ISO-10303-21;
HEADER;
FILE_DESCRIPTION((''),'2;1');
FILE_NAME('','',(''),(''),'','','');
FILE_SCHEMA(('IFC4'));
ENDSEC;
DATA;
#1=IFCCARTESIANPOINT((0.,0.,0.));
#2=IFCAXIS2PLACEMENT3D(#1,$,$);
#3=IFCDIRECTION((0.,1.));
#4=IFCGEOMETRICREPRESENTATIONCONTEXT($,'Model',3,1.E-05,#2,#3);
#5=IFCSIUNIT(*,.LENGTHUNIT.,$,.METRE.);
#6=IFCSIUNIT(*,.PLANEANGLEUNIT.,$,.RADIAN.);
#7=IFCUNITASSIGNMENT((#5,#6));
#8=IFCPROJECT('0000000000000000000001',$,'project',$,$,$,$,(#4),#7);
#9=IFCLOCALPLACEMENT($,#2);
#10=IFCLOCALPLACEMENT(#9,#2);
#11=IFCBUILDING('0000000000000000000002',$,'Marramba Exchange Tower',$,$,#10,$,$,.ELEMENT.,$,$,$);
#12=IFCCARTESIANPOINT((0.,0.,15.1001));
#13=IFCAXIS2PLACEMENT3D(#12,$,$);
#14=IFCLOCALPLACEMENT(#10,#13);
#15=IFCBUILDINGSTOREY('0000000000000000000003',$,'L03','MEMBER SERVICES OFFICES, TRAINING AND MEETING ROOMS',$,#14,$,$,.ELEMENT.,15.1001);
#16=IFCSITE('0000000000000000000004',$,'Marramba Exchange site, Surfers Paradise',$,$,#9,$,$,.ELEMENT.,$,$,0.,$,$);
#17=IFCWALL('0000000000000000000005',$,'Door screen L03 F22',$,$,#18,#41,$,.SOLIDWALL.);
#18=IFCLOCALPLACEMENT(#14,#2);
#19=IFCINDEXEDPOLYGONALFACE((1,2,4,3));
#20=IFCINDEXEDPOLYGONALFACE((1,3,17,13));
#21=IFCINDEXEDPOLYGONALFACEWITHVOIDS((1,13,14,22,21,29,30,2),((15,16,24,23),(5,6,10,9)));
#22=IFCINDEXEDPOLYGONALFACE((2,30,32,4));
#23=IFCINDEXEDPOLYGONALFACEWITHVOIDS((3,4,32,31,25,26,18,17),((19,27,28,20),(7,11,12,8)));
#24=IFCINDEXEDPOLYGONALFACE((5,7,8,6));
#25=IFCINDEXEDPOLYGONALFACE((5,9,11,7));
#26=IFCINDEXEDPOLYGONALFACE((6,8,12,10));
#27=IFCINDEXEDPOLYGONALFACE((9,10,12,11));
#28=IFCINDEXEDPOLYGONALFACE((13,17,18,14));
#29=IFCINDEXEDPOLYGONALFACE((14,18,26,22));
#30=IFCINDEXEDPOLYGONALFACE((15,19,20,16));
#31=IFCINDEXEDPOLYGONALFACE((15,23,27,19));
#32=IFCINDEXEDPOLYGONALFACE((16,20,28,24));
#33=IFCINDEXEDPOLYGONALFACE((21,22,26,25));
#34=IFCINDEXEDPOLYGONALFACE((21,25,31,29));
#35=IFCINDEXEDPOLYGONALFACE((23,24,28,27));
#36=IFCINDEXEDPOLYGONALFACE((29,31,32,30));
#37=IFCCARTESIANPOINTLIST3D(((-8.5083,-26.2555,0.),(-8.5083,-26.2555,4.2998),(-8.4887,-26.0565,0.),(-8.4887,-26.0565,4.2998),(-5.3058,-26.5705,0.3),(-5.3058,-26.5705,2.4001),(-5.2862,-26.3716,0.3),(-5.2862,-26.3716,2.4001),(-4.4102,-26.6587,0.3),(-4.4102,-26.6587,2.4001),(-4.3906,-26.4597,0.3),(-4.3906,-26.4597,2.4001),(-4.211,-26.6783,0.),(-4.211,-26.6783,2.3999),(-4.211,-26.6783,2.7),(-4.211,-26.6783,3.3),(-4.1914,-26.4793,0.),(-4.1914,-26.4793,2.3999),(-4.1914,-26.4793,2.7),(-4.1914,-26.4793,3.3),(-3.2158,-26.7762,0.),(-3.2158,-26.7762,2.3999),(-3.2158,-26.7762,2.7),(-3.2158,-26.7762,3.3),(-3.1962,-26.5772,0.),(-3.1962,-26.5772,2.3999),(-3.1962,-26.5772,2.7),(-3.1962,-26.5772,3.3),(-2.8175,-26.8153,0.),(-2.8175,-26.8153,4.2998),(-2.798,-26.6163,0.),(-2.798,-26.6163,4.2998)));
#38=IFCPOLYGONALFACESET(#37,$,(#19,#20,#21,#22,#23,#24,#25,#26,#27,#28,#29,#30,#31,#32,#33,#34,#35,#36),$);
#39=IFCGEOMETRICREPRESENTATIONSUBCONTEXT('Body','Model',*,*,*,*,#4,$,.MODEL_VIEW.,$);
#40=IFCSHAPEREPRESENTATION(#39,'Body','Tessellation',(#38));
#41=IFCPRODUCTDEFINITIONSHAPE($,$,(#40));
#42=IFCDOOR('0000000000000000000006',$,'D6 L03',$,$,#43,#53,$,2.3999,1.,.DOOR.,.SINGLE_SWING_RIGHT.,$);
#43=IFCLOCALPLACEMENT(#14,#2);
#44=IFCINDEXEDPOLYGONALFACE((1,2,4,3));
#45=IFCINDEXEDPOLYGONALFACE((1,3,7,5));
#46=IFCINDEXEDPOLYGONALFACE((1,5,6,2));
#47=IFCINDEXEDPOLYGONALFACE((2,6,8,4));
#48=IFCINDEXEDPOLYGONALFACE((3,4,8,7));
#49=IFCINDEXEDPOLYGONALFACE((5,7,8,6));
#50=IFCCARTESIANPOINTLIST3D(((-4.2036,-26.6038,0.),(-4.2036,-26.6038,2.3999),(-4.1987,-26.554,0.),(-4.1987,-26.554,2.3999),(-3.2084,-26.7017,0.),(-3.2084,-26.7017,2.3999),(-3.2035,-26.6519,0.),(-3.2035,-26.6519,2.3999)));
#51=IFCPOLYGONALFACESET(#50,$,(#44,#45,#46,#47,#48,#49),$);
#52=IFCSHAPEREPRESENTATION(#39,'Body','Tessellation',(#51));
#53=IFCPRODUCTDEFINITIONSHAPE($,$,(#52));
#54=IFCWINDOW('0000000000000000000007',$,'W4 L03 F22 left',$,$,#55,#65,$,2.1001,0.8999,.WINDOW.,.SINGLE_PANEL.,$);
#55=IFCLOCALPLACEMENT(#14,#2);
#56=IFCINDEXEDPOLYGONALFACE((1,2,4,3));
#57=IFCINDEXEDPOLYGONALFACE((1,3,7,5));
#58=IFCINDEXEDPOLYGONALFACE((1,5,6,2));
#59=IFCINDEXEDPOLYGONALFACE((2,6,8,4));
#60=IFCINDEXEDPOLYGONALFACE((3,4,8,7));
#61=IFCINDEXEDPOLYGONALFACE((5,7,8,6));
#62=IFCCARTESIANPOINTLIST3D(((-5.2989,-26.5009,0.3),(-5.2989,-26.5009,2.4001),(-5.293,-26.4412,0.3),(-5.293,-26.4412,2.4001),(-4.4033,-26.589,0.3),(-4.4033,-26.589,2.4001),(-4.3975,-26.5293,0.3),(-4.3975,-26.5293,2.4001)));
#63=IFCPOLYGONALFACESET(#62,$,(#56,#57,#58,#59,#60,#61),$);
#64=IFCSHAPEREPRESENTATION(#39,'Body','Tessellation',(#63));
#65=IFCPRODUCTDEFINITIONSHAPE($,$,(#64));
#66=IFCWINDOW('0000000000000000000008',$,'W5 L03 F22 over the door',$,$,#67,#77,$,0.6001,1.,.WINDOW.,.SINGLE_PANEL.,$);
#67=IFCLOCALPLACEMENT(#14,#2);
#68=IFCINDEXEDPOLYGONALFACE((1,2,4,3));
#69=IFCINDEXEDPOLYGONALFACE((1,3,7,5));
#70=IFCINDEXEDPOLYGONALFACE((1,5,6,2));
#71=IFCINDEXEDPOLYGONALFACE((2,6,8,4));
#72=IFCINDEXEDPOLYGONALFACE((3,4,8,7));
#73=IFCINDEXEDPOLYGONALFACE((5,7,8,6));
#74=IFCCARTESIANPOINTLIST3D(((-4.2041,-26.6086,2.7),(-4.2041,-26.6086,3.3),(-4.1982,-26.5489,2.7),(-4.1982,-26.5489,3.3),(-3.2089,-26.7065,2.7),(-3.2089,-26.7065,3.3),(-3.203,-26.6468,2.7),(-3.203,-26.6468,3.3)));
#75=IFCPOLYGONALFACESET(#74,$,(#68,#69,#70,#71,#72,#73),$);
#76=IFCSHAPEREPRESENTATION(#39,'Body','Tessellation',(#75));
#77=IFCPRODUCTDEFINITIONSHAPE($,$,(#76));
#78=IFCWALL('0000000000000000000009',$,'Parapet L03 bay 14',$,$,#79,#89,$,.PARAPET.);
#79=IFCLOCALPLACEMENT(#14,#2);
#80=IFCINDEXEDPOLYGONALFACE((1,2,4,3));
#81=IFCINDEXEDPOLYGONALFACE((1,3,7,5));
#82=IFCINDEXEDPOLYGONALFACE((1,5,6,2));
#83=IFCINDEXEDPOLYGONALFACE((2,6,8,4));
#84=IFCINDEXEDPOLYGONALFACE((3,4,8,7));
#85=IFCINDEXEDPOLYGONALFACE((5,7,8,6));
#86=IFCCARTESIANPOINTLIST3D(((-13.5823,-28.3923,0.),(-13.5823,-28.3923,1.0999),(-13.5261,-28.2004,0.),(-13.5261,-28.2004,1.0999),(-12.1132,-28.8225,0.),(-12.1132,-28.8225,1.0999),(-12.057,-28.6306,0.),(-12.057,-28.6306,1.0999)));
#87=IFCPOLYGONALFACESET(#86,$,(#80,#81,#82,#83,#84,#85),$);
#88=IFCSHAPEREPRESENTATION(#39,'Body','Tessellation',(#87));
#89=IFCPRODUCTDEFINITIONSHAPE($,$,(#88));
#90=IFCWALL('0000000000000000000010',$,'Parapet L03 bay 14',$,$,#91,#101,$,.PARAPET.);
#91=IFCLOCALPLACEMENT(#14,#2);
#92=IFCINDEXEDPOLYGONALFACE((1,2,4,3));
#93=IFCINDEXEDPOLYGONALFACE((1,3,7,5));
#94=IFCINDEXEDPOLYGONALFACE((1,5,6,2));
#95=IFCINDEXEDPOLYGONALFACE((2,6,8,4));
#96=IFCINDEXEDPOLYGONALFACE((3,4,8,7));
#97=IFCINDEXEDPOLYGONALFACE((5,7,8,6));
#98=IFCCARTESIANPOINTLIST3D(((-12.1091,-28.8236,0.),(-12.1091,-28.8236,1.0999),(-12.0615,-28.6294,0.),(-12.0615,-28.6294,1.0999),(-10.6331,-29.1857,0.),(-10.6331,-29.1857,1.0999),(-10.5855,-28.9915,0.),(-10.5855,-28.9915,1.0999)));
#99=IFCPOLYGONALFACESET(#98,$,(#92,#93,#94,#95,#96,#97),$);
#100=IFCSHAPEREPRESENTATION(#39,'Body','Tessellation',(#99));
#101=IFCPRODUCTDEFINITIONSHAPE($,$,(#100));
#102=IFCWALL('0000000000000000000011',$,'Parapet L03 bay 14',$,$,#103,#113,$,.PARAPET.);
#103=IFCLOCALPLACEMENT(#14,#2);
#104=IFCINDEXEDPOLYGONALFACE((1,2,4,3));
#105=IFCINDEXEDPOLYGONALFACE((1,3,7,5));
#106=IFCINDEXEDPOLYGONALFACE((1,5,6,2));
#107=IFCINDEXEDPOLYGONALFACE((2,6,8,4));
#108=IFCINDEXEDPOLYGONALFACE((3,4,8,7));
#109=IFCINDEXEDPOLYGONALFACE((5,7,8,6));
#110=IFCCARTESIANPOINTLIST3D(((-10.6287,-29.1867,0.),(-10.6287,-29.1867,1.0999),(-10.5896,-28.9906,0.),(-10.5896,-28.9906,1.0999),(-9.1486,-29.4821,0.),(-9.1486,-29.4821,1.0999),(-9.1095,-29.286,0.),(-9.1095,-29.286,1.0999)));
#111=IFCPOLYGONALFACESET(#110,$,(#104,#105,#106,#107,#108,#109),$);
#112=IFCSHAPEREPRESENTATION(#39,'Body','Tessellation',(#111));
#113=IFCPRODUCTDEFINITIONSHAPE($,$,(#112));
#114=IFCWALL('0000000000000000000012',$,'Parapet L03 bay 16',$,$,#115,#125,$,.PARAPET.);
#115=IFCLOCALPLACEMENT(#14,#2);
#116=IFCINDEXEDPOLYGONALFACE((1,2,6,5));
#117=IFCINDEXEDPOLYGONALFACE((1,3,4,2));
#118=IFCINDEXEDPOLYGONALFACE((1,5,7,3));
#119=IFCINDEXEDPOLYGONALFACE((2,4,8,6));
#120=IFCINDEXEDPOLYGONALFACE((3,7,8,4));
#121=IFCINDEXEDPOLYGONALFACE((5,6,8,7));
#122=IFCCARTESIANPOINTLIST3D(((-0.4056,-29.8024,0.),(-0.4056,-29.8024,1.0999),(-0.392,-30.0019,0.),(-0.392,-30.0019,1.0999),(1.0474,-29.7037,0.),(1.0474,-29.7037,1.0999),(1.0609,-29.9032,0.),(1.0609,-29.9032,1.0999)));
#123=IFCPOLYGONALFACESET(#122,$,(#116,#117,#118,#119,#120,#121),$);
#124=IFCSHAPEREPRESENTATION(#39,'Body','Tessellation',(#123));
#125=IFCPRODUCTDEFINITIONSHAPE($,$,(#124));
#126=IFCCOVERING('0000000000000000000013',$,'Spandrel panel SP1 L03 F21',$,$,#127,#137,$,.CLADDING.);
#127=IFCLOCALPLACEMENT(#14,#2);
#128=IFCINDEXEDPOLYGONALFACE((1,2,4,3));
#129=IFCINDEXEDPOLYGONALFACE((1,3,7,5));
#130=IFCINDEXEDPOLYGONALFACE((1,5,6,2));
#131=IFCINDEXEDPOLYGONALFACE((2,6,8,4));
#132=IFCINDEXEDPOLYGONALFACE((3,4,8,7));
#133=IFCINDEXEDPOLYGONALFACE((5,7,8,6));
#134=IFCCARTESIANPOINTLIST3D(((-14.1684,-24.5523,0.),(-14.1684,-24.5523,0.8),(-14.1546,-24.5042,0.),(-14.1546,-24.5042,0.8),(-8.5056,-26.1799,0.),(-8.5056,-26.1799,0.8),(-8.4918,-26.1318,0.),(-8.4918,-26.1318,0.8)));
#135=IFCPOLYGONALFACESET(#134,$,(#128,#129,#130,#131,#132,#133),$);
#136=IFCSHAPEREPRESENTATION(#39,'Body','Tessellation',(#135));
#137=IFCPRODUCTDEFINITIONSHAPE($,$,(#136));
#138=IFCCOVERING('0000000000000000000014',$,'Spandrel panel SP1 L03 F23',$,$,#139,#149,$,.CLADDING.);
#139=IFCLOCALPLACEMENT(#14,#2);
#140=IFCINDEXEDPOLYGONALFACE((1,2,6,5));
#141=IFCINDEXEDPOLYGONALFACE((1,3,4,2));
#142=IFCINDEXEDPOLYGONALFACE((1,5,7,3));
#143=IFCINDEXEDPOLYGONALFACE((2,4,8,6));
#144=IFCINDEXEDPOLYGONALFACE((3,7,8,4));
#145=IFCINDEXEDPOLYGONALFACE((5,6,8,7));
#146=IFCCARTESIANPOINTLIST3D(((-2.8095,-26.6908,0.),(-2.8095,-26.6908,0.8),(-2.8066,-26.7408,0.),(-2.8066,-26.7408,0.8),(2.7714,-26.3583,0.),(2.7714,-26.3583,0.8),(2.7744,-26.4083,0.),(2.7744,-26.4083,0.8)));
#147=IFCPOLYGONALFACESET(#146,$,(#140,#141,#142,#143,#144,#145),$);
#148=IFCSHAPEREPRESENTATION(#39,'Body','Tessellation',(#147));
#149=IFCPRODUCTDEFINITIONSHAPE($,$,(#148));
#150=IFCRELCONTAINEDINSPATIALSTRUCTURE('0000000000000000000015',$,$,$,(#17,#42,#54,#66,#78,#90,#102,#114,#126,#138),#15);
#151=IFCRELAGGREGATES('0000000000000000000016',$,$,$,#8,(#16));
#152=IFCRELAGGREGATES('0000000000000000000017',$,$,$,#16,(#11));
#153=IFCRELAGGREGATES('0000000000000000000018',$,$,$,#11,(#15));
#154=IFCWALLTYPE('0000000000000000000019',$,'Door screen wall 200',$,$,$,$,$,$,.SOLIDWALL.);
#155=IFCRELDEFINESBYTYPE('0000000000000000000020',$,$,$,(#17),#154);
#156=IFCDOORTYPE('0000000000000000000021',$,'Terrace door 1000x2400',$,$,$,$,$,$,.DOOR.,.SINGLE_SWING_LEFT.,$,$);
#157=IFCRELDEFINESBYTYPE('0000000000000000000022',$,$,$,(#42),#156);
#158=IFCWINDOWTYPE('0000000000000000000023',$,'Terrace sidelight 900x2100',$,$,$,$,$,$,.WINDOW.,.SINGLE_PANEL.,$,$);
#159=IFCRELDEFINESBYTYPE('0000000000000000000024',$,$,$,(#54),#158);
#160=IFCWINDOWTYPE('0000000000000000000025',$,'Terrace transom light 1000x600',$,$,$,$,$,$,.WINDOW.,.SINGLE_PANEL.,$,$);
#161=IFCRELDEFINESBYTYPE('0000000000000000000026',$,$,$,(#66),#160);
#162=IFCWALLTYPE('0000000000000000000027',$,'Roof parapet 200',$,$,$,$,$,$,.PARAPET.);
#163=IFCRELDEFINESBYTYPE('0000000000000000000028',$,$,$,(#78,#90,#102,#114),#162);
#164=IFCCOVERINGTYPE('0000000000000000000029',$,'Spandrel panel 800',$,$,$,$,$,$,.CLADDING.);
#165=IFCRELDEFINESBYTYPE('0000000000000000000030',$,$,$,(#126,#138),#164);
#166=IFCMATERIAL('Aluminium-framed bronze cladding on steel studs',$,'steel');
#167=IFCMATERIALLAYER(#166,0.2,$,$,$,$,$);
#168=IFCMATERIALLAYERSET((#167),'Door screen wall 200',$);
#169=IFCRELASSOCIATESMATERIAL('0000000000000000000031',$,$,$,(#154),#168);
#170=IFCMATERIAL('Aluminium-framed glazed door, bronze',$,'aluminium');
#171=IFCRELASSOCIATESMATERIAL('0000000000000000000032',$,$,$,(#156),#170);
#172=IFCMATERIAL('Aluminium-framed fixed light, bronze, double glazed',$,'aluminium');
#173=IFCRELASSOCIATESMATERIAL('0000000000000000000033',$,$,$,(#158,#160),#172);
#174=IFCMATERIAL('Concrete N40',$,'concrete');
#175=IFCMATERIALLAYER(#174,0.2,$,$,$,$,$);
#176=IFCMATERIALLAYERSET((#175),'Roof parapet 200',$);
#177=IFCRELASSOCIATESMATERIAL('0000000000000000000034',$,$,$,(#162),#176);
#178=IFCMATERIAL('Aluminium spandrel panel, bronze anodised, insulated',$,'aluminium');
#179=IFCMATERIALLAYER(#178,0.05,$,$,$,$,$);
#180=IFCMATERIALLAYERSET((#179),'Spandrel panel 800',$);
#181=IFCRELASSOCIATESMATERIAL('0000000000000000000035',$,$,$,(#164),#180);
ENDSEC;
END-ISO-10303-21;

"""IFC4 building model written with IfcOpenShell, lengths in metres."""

from ifc_helpers import new_model, si_unit, direction, frame, frame_2d, origin, origin_2d, place, context, subcontext, project, spatial, rectangle, extrude, material, layer, layer_set, type_object, element, fill, save


model = new_model("IFC4")

# Units and contexts
model_context = context("Model", 3, precision=1e-05, world=origin(), true_north=direction((0.0, 1.0)))
body_context = subcontext(model_context, "Body", "Model", "MODEL_VIEW")
ifc_project = project(units=[si_unit("LENGTHUNIT", "METRE"), si_unit("PLANEANGLEUNIT", "RADIAN")], contexts=[model_context])

# Site, building, storey
site_placement = place(None, origin())
site = spatial("IfcSite", under=ifc_project, at=site_placement, Name="Marramba Exchange site, Surfers Paradise", CompositionType="ELEMENT", RefElevation=0.0)
building_placement = place(site_placement, origin())
building = spatial("IfcBuilding", under=site, at=building_placement, Name="Marramba Exchange Tower", CompositionType="ELEMENT")
storey_placement = place(building_placement, frame((0.0, 0.0, 15.1001)))
storey = spatial("IfcBuildingStorey", under=building, at=storey_placement, Name="L03", Description="MEMBER SERVICES OFFICES, TRAINING AND MEETING ROOMS", CompositionType="ELEMENT", Elevation=15.1001)

# Wall, openings, door, windows
ifc_material_1 = material(Name="Aluminium-framed bronze cladding on steel studs", Category="steel")
ifc_layer_1 = layer(ifc_material_1, 0.2)
ifc_layer_set_1 = layer_set([ifc_layer_1], Name="Door screen wall 200")
wall_type_1 = type_object("IfcWallType", Name="Door screen wall 200", PredefinedType="SOLIDWALL", material=ifc_layer_set_1)
wall_1_placement = place(storey_placement, frame((-8.4985, -26.156, 0.0), z_axis=(0.0, 0.0, 1.0), x_axis=(0.995196, -0.097901, 0.0)))
wall_1 = element("IfcWall", 1, at=wall_1_placement, inside=storey, type_object=wall_type_1, Name="Door screen L03 F22", PredefinedType="SOLIDWALL", context=body_context, shape_type="SweptSolid", body=[
    extrude(rectangle(XDim=5.7183, YDim=0.2, at=frame_2d((2.8591, 0.0))), origin(), (0.0, 0.0, 1.0), 4.2998),
])
opening_1_placement = place(wall_1_placement, frame((4.3181, 0.0, 0.0)))
opening_1 = element("IfcOpeningElement", 2, at=opening_1_placement, cuts=wall_1, PredefinedType="OPENING", context=body_context, shape_type="SweptSolid", body=[
    extrude(rectangle(XDim=1.0, YDim=2.3999, at=frame_2d((0.5, 1.2))), frame((0.0, 0.1099, 0.0), z_axis=(0.0, -1.0, 0.0), x_axis=(1.0, 0.0, 0.0)), (0.0, 0.0, 1.0), 0.22),
])
opening_2_placement = place(wall_1_placement, frame((3.218, 0.0, 0.3)))
opening_2 = element("IfcOpeningElement", 3, at=opening_2_placement, cuts=wall_1, PredefinedType="OPENING", context=body_context, shape_type="SweptSolid", body=[
    extrude(rectangle(XDim=0.8999, YDim=2.1001, at=frame_2d((0.45, 1.05))), frame((0.0, 0.1099, 0.0), z_axis=(0.0, -1.0, 0.0), x_axis=(1.0, 0.0, 0.0)), (0.0, 0.0, 1.0), 0.22),
])
opening_3_placement = place(wall_1_placement, frame((4.3181, 0.0, 2.7)))
opening_3 = element("IfcOpeningElement", 4, at=opening_3_placement, cuts=wall_1, PredefinedType="OPENING", context=body_context, shape_type="SweptSolid", body=[
    extrude(rectangle(XDim=1.0, YDim=0.6001, at=frame_2d((0.5, 0.3))), frame((0.0, 0.1099, 0.0), z_axis=(0.0, -1.0, 0.0), x_axis=(1.0, 0.0, 0.0)), (0.0, 0.0, 1.0), 0.22),
])
ifc_material_2 = material(Name="Aluminium-framed glazed door, bronze", Category="aluminium")
door_type = type_object("IfcDoorType", Name="Terrace door 1000x2400", OperationType="SINGLE_SWING_LEFT", PredefinedType="DOOR", material=ifc_material_2)
door_placement = place(opening_1_placement, frame((1.0, 0.0, 0.0), z_axis=(0.0, 0.0, 1.0), x_axis=(-1.0, 0.0, 0.0)))
door = element("IfcDoor", 5, at=door_placement, inside=storey, type_object=door_type, Name="D6 L03", OperationType="SINGLE_SWING_RIGHT", OverallHeight=2.3999, OverallWidth=1.0, PredefinedType="DOOR", context=body_context, shape_type="SweptSolid", body=[
    extrude(rectangle(XDim=1.0, YDim=2.3999, at=frame_2d((0.5, 1.2))), frame((0.0, 0.0251, 0.0), z_axis=(0.0, -1.0, 0.0), x_axis=(1.0, 0.0, 0.0)), (0.0, 0.0, 1.0), 0.05),
])
fill(opening_1, door)
ifc_material_3 = material(Name="Aluminium-framed fixed light, bronze, double glazed", Category="aluminium")
window_type_1 = type_object("IfcWindowType", Name="Terrace sidelight 900x2100", PartitioningType="SINGLE_PANEL", PredefinedType="WINDOW", material=ifc_material_3)
window_1_placement = place(opening_2_placement, origin())
window_1 = element("IfcWindow", 6, at=window_1_placement, inside=storey, type_object=window_type_1, Name="W4 L03 F22 left", OverallHeight=2.1001, OverallWidth=0.8999, PartitioningType="SINGLE_PANEL", PredefinedType="WINDOW", context=body_context, shape_type="SweptSolid", body=[
    extrude(rectangle(XDim=0.8999, YDim=2.1001, at=frame_2d((0.45, 1.05))), frame((0.0, 0.03, 0.0), z_axis=(0.0, -1.0, 0.0), x_axis=(1.0, 0.0, 0.0)), (0.0, 0.0, 1.0), 0.0601),
])
fill(opening_2, window_1)
window_type_2 = type_object("IfcWindowType", Name="Terrace transom light 1000x600", PartitioningType="SINGLE_PANEL", PredefinedType="WINDOW", material=ifc_material_3)
window_2_placement = place(opening_3_placement, origin())
window_2 = element("IfcWindow", 7, at=window_2_placement, inside=storey, type_object=window_type_2, Name="W5 L03 F22 over the door", OverallHeight=0.6001, OverallWidth=1.0, PartitioningType="SINGLE_PANEL", PredefinedType="WINDOW", context=body_context, shape_type="SweptSolid", body=[
    extrude(rectangle(XDim=1.0, YDim=0.6001, at=frame_2d((0.5, 0.3))), frame((0.0, 0.03, 0.0), z_axis=(0.0, -1.0, 0.0), x_axis=(1.0, 0.0, 0.0)), (0.0, 0.0, 1.0), 0.0601),
])
fill(opening_3, window_2)

# Walls
ifc_material_4 = material(Name="Concrete N40", Category="concrete")
ifc_layer_2 = layer(ifc_material_4, 0.2)
ifc_layer_set_2 = layer_set([ifc_layer_2], Name="Roof parapet 200")
wall_type_2 = type_object("IfcWallType", Name="Roof parapet 200", PredefinedType="PARAPET", material=ifc_layer_set_2)
wall_2_placement = place(storey_placement, frame((-13.5542, -28.2964, 0.0), z_axis=(0.0, 0.0, 1.0), x_axis=(0.959698, -0.281035, 0.0)))
element("IfcWall", 8, at=wall_2_placement, inside=storey, type_object=wall_type_2, Name="Parapet L03 bay 14", PredefinedType="PARAPET", context=body_context, shape_type="SweptSolid", body=[
    extrude(rectangle(XDim=1.5308, YDim=0.2, at=frame_2d((0.7654, 0.0))), origin(), (0.0, 0.0, 1.0), 1.0999),
])
wall_3_placement = place(storey_placement, frame((-12.0852, -28.7266, 0.0), z_axis=(0.0, 0.0, 1.0), x_axis=(0.97121, -0.238224, 0.0)))
element("IfcWall", 9, at=wall_3_placement, inside=storey, type_object=wall_type_2, Name="Parapet L03 bay 14", PredefinedType="PARAPET", context=body_context, shape_type="SweptSolid", body=[
    extrude(rectangle(XDim=1.5198, YDim=0.2, at=frame_2d((0.7598, 0.0))), origin(), (0.0, 0.0, 1.0), 1.0999),
])
wall_4_placement = place(storey_placement, frame((-10.6091, -29.0886, 0.0), z_axis=(0.0, 0.0, 1.0), x_axis=(0.980655, -0.195743, 0.0)))
element("IfcWall", 10, at=wall_4_placement, inside=storey, type_object=wall_type_2, Name="Parapet L03 bay 14", PredefinedType="PARAPET", context=body_context, shape_type="SweptSolid", body=[
    extrude(rectangle(XDim=1.5093, YDim=0.2, at=frame_2d((0.7546, 0.0))), origin(), (0.0, 0.0, 1.0), 1.0999),
])
wall_5_placement = place(storey_placement, frame((-0.3987, -29.9021, 0.0), z_axis=(0.0, 0.0, 1.0), x_axis=(0.997704, 0.067732, 0.0)))
element("IfcWall", 11, at=wall_5_placement, inside=storey, type_object=wall_type_2, Name="Parapet L03 bay 16", PredefinedType="PARAPET", context=body_context, shape_type="SweptSolid", body=[
    extrude(rectangle(XDim=1.4563, YDim=0.2, at=frame_2d((0.728, 0.0))), origin(), (0.0, 0.0, 1.0), 1.0999),
])

# Coverings
ifc_material_5 = material(Name="Aluminium spandrel panel, bronze anodised, insulated", Category="aluminium")
ifc_layer_3 = layer(ifc_material_5, 0.05)
ifc_layer_set_3 = layer_set([ifc_layer_3], Name="Spandrel panel 800")
covering_type = type_object("IfcCoveringType", Name="Spandrel panel 800", PredefinedType="CLADDING", material=ifc_layer_set_3)
covering_1_placement = place(storey_placement, frame((-11.3301, -25.342, 0.0), z_axis=(0.0, 0.0, 1.0), x_axis=(0.961088, -0.276243, 0.0)))
element("IfcCovering", 12, at=covering_1_placement, inside=storey, type_object=covering_type, Name="Spandrel panel SP1 L03 F21", PredefinedType="CLADDING", context=body_context, shape_type="SweptSolid", body=[
    extrude(rectangle(XDim=5.8921, YDim=0.05, at=origin_2d()), origin(), (0.0, 0.0, 1.0), 0.8),
])
covering_2_placement = place(storey_placement, frame((-0.0176, -26.5496, 0.0), z_axis=(0.0, 0.0, 1.0), x_axis=(0.99823, 0.059468, 0.0)))
element("IfcCovering", 13, at=covering_2_placement, inside=storey, type_object=covering_type, Name="Spandrel panel SP1 L03 F23", PredefinedType="CLADDING", context=body_context, shape_type="SweptSolid", body=[
    extrude(rectangle(XDim=5.5908, YDim=0.05, at=origin_2d()), origin(), (0.0, 0.0, 1.0), 0.8),
])

save(model, "model.ifc")
